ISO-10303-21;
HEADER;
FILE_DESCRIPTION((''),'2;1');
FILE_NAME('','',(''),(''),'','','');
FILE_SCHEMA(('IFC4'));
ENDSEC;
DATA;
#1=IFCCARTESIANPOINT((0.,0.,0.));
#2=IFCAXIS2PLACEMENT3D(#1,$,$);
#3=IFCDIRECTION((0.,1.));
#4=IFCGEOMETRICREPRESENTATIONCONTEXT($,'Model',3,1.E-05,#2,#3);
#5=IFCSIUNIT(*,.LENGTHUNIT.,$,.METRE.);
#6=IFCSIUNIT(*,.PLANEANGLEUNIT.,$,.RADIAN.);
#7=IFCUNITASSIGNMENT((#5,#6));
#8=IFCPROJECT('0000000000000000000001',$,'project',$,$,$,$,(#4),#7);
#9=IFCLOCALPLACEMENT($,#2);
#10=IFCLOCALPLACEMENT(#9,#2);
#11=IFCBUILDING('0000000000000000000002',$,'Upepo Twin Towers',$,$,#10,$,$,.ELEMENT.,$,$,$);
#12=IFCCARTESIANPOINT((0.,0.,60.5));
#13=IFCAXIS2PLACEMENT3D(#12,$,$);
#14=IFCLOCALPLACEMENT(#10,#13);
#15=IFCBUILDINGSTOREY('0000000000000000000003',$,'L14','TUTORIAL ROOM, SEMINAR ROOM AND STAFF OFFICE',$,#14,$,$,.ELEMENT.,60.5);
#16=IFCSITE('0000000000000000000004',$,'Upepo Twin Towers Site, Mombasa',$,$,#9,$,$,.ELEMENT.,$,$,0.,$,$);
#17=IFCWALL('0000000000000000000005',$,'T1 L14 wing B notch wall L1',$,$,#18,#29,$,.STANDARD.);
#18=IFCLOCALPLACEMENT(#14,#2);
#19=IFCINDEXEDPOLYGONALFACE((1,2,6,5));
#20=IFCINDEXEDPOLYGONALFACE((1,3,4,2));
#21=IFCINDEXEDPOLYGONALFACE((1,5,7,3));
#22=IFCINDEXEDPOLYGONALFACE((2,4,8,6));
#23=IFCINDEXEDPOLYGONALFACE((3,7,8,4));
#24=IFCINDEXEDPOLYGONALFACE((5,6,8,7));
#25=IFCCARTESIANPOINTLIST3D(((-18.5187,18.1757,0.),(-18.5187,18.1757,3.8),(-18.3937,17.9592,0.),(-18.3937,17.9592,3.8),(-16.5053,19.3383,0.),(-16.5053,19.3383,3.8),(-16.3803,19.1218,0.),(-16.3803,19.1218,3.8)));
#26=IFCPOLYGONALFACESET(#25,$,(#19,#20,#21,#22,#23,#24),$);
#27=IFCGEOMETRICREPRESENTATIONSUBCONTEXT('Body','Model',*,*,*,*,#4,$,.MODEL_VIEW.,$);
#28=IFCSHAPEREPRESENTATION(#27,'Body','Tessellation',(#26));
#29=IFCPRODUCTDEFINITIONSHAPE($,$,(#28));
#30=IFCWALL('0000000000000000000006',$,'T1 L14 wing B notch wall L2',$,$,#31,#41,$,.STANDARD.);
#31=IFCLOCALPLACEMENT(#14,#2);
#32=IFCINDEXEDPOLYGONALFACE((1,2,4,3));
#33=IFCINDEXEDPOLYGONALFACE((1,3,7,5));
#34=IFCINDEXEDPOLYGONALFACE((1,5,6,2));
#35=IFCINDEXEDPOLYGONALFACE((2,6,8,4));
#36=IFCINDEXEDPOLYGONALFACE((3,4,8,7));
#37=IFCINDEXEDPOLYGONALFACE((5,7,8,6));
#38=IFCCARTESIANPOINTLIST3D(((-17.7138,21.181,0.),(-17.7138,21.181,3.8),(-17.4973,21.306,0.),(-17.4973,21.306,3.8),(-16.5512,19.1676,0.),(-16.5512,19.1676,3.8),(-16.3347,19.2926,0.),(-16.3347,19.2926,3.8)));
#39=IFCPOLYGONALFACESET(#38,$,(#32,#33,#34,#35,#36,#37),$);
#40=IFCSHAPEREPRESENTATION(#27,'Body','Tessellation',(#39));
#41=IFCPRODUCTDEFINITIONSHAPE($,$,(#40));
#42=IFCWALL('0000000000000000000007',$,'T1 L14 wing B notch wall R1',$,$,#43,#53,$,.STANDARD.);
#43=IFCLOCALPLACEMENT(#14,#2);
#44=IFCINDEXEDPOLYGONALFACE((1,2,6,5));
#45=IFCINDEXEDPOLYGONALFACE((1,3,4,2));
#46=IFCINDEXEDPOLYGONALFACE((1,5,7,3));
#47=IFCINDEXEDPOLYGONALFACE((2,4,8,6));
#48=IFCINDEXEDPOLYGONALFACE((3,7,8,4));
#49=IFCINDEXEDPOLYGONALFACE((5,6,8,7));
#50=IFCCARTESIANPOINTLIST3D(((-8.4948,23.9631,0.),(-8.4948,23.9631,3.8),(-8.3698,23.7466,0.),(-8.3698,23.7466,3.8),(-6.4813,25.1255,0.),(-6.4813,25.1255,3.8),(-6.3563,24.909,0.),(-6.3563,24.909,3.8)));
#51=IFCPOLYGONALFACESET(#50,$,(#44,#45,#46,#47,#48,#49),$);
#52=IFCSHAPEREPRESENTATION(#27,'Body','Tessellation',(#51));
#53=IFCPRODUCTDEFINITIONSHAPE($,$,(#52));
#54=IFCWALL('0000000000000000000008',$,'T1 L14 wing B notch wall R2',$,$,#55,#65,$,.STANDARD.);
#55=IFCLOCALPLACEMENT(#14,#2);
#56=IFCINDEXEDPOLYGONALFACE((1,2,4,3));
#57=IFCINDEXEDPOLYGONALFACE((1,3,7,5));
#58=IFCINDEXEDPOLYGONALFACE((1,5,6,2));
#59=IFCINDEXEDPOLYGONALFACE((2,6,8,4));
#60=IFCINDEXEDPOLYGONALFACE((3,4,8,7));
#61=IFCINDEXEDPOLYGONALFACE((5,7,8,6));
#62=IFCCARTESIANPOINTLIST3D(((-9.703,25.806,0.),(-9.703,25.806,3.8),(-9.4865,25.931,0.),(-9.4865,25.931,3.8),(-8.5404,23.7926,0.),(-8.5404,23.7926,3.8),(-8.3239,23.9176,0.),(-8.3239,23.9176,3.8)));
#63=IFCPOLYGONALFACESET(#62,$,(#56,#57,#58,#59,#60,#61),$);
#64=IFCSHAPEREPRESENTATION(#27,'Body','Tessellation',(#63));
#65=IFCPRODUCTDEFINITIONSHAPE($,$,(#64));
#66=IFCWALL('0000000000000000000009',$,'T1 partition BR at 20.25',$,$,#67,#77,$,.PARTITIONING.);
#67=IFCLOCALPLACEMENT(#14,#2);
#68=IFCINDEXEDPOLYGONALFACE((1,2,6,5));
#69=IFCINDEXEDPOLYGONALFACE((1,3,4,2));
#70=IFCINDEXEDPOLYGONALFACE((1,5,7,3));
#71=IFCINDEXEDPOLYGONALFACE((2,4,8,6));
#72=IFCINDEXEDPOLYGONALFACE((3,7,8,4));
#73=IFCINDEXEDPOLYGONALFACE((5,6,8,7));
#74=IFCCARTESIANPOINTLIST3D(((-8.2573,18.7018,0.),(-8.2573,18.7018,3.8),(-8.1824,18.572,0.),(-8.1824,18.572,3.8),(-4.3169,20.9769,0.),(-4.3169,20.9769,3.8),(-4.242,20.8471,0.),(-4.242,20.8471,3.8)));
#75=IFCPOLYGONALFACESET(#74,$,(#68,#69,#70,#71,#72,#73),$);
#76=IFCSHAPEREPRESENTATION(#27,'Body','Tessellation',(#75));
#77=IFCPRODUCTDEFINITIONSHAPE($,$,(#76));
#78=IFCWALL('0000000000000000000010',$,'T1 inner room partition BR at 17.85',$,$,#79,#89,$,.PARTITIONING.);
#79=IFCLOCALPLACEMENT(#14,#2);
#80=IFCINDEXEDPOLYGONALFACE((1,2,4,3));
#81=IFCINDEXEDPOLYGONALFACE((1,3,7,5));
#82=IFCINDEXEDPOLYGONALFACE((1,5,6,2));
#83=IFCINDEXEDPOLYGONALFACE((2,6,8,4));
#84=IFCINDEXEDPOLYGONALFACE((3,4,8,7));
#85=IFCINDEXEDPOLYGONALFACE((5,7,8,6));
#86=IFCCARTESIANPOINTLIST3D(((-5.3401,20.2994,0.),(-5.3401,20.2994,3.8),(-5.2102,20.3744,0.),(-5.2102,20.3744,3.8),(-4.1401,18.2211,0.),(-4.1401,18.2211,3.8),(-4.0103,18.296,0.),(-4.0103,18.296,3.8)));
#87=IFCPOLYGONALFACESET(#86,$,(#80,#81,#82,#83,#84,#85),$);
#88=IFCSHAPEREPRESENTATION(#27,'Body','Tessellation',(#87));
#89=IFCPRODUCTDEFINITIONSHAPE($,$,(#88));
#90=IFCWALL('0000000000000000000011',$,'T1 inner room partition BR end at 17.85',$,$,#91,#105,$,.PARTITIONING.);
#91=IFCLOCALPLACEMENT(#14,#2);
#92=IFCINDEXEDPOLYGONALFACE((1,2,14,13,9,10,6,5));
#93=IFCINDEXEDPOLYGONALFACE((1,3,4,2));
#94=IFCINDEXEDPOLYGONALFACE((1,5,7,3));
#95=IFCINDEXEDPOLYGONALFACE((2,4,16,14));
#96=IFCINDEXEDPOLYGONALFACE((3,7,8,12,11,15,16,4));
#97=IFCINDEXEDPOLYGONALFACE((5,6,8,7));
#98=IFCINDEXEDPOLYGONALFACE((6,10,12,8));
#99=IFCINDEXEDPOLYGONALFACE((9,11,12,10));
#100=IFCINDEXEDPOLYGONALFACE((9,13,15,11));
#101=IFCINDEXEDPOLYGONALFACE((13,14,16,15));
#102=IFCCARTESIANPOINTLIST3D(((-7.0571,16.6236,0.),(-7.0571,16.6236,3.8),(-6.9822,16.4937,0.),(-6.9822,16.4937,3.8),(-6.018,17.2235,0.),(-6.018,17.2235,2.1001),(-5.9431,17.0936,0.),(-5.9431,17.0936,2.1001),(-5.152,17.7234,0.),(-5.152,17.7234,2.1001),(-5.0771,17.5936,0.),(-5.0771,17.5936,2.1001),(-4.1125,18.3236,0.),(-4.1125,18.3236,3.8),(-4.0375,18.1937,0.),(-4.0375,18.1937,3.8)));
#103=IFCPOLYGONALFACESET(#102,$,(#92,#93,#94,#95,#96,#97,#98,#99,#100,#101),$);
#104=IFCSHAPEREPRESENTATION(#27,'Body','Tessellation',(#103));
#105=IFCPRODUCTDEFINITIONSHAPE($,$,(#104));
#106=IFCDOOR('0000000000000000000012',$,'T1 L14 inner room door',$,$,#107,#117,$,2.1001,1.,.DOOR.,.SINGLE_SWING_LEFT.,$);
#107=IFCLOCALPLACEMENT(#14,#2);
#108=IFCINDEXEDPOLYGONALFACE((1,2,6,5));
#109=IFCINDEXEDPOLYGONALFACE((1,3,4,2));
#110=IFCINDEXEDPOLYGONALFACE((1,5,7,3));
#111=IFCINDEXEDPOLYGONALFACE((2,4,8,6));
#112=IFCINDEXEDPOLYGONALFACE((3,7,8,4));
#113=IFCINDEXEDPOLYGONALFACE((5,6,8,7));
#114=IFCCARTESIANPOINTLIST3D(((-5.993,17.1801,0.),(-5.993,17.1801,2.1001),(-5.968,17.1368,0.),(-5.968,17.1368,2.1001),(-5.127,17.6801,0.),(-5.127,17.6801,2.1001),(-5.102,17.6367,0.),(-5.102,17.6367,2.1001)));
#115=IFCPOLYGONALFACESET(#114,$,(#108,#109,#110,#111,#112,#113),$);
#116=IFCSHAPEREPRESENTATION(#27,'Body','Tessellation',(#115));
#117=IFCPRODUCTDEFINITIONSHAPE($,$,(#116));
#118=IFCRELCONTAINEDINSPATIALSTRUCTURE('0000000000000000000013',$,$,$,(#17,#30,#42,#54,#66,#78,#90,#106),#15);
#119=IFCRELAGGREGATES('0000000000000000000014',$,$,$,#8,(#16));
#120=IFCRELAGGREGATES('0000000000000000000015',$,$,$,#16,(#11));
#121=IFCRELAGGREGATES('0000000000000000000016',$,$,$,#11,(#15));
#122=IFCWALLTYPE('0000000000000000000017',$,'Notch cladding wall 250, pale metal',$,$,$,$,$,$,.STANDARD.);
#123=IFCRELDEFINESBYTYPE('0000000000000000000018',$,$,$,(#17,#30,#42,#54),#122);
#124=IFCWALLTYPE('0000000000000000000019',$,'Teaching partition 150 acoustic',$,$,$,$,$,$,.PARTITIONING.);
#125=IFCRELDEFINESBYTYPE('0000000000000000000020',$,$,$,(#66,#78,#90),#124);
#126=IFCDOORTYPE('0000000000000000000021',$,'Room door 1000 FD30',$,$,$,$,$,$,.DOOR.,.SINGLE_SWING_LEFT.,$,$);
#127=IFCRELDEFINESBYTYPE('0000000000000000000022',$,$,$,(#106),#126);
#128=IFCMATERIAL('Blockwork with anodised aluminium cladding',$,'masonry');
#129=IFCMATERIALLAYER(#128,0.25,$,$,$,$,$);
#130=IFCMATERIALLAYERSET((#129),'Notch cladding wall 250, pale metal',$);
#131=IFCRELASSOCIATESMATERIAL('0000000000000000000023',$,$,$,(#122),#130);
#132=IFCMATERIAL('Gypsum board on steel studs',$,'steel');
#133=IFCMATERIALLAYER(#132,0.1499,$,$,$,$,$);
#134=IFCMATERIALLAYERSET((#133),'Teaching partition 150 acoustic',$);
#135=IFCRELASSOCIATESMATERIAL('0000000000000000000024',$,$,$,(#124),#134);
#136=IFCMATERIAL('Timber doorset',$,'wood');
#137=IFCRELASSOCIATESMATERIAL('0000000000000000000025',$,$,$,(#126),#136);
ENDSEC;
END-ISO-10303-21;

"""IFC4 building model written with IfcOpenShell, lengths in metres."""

from ifc_helpers import new_model, si_unit, direction, frame, frame_2d, origin, place, context, subcontext, project, spatial, rectangle, extrude, material, layer, layer_set, type_object, element, fill, save


model = new_model("IFC4")

# Units and contexts
model_context = context("Model", 3, precision=1e-05, world=origin(), true_north=direction((0.0, 1.0)))
body_context = subcontext(model_context, "Body", "Model", "MODEL_VIEW")
ifc_project = project(units=[si_unit("LENGTHUNIT", "METRE"), si_unit("PLANEANGLEUNIT", "RADIAN")], contexts=[model_context])

# Site, building, storey
site_placement = place(None, origin())
site = spatial("IfcSite", under=ifc_project, at=site_placement, Name="Upepo Twin Towers Site, Mombasa", CompositionType="ELEMENT", RefElevation=0.0)
building_placement = place(site_placement, origin())
building = spatial("IfcBuilding", under=site, at=building_placement, Name="Upepo Twin Towers", CompositionType="ELEMENT")
storey_placement = place(building_placement, frame((0.0, 0.0, 60.5)))
storey = spatial("IfcBuildingStorey", under=building, at=storey_placement, Name="L14", Description="TUTORIAL ROOM, SEMINAR ROOM AND STAFF OFFICE", CompositionType="ELEMENT", Elevation=60.5)

# Walls
ifc_material_1 = material(Name="Blockwork with anodised aluminium cladding", Category="masonry")
ifc_layer_1 = layer(ifc_material_1, 0.25)
ifc_layer_set_1 = layer_set([ifc_layer_1], Name="Notch cladding wall 250, pale metal")
wall_type_1 = type_object("IfcWallType", Name="Notch cladding wall 250, pale metal", PredefinedType="STANDARD", material=ifc_layer_set_1)
for number, where, z_axis, x_axis, name in (
    (1, (-18.4563, 18.0674, 0.0), (0.0, 0.0, 1.0), (0.865998, 0.500047, 0.0), "T1 L14 wing B notch wall L1"),
    (2, (-16.4429, 19.23, 0.0), (0.0, 0.0, 1.0), (-0.500047, 0.865998, 0.0), "T1 L14 wing B notch wall L2"),
    (3, (-6.4187, 25.0173, 0.0), (0.0, 0.0, 1.0), (-0.866044, -0.499968, 0.0), "T1 L14 wing B notch wall R1"),
    (4, (-8.4321, 23.855, 0.0), (0.0, 0.0, 1.0), (-0.500047, 0.865998, 0.0), "T1 L14 wing B notch wall R2"),
):
    element("IfcWall", number, at=place(storey_placement, frame(where, z_axis=z_axis, x_axis=x_axis)), inside=storey, type_object=wall_type_1, Name=name, PredefinedType="STANDARD", context=body_context, shape_type="SweptSolid", body=[
        extrude(rectangle(XDim=2.325, YDim=0.25, at=frame_2d((1.1626, 0.0))), origin(), (0.0, 0.0, 1.0), 3.8),
    ])
ifc_material_2 = material(Name="Gypsum board on steel studs", Category="steel")
ifc_layer_2 = layer(ifc_material_2, 0.1499)
ifc_layer_set_2 = layer_set([ifc_layer_2], Name="Teaching partition 150 acoustic")
wall_type_2 = type_object("IfcWallType", Name="Teaching partition 150 acoustic", PredefinedType="PARTITIONING", material=ifc_layer_set_2)
wall_1_placement = place(storey_placement, frame((-8.2197, 18.637, 0.0), z_axis=(0.0, 0.0, 1.0), x_axis=(0.866012, 0.500023, 0.0)))
element("IfcWall", 5, at=wall_1_placement, inside=storey, type_object=wall_type_2, Name="T1 partition BR at 20.25", PredefinedType="PARTITIONING", context=body_context, shape_type="SweptSolid", body=[
    extrude(rectangle(XDim=4.55, YDim=0.1499, at=frame_2d((2.2749, 0.0))), origin(), (0.0, 0.0, 1.0), 3.8),
])
wall_2_placement = place(storey_placement, frame((-4.0752, 18.2585, 0.0), z_axis=(0.0, 0.0, 1.0), x_axis=(-0.500001, 0.866025, 0.0)))
element("IfcWall", 6, at=wall_2_placement, inside=storey, type_object=wall_type_2, Name="T1 inner room partition BR at 17.85", PredefinedType="PARTITIONING", context=body_context, shape_type="SweptSolid", body=[
    extrude(rectangle(XDim=2.3999, YDim=0.1499, at=frame_2d((1.2, 0.0))), origin(), (0.0, 0.0, 1.0), 3.8),
])

# Wall, opening, door
wall_3_placement = place(storey_placement, frame((-7.0198, 16.5586, 0.0), z_axis=(0.0, 0.0, 1.0), x_axis=(0.866039, 0.499977, 0.0)))
wall_3 = element("IfcWall", 7, at=wall_3_placement, inside=storey, type_object=wall_type_2, Name="T1 inner room partition BR end at 17.85", PredefinedType="PARTITIONING", context=body_context, shape_type="SweptSolid", body=[
    extrude(rectangle(XDim=3.4001, YDim=0.1499, at=frame_2d((1.7002, 0.0))), origin(), (0.0, 0.0, 1.0), 3.8),
])
opening_placement = place(wall_3_placement, frame((1.2, 0.0, 0.0)))
opening = element("IfcOpeningElement", 8, at=opening_placement, cuts=wall_3, PredefinedType="OPENING", context=body_context, shape_type="SweptSolid", body=[
    extrude(rectangle(XDim=1.0, YDim=2.1001, at=frame_2d((0.5, 1.05))), frame((0.0, 0.085, 0.0), z_axis=(0.0, -1.0, 0.0), x_axis=(1.0, 0.0, 0.0)), (0.0, 0.0, 1.0), 0.1699),
])
ifc_material_3 = material(Name="Timber doorset", Category="wood")
door_type = type_object("IfcDoorType", Name="Room door 1000 FD30", OperationType="SINGLE_SWING_LEFT", PredefinedType="DOOR", material=ifc_material_3)
door_placement = place(opening_placement, origin())
door = element("IfcDoor", 9, at=door_placement, inside=storey, type_object=door_type, Name="T1 L14 inner room door", OperationType="SINGLE_SWING_LEFT", OverallHeight=2.1001, OverallWidth=1.0, PredefinedType="DOOR", context=body_context, shape_type="SweptSolid", body=[
    extrude(rectangle(XDim=1.0, YDim=2.1001, at=frame_2d((0.5, 1.05))), frame((0.0, 0.0249, 0.0), z_axis=(0.0, -1.0, 0.0), x_axis=(1.0, 0.0, 0.0)), (0.0, 0.0, 1.0), 0.05),
])
fill(opening, door)

save(model, "model.ifc")
